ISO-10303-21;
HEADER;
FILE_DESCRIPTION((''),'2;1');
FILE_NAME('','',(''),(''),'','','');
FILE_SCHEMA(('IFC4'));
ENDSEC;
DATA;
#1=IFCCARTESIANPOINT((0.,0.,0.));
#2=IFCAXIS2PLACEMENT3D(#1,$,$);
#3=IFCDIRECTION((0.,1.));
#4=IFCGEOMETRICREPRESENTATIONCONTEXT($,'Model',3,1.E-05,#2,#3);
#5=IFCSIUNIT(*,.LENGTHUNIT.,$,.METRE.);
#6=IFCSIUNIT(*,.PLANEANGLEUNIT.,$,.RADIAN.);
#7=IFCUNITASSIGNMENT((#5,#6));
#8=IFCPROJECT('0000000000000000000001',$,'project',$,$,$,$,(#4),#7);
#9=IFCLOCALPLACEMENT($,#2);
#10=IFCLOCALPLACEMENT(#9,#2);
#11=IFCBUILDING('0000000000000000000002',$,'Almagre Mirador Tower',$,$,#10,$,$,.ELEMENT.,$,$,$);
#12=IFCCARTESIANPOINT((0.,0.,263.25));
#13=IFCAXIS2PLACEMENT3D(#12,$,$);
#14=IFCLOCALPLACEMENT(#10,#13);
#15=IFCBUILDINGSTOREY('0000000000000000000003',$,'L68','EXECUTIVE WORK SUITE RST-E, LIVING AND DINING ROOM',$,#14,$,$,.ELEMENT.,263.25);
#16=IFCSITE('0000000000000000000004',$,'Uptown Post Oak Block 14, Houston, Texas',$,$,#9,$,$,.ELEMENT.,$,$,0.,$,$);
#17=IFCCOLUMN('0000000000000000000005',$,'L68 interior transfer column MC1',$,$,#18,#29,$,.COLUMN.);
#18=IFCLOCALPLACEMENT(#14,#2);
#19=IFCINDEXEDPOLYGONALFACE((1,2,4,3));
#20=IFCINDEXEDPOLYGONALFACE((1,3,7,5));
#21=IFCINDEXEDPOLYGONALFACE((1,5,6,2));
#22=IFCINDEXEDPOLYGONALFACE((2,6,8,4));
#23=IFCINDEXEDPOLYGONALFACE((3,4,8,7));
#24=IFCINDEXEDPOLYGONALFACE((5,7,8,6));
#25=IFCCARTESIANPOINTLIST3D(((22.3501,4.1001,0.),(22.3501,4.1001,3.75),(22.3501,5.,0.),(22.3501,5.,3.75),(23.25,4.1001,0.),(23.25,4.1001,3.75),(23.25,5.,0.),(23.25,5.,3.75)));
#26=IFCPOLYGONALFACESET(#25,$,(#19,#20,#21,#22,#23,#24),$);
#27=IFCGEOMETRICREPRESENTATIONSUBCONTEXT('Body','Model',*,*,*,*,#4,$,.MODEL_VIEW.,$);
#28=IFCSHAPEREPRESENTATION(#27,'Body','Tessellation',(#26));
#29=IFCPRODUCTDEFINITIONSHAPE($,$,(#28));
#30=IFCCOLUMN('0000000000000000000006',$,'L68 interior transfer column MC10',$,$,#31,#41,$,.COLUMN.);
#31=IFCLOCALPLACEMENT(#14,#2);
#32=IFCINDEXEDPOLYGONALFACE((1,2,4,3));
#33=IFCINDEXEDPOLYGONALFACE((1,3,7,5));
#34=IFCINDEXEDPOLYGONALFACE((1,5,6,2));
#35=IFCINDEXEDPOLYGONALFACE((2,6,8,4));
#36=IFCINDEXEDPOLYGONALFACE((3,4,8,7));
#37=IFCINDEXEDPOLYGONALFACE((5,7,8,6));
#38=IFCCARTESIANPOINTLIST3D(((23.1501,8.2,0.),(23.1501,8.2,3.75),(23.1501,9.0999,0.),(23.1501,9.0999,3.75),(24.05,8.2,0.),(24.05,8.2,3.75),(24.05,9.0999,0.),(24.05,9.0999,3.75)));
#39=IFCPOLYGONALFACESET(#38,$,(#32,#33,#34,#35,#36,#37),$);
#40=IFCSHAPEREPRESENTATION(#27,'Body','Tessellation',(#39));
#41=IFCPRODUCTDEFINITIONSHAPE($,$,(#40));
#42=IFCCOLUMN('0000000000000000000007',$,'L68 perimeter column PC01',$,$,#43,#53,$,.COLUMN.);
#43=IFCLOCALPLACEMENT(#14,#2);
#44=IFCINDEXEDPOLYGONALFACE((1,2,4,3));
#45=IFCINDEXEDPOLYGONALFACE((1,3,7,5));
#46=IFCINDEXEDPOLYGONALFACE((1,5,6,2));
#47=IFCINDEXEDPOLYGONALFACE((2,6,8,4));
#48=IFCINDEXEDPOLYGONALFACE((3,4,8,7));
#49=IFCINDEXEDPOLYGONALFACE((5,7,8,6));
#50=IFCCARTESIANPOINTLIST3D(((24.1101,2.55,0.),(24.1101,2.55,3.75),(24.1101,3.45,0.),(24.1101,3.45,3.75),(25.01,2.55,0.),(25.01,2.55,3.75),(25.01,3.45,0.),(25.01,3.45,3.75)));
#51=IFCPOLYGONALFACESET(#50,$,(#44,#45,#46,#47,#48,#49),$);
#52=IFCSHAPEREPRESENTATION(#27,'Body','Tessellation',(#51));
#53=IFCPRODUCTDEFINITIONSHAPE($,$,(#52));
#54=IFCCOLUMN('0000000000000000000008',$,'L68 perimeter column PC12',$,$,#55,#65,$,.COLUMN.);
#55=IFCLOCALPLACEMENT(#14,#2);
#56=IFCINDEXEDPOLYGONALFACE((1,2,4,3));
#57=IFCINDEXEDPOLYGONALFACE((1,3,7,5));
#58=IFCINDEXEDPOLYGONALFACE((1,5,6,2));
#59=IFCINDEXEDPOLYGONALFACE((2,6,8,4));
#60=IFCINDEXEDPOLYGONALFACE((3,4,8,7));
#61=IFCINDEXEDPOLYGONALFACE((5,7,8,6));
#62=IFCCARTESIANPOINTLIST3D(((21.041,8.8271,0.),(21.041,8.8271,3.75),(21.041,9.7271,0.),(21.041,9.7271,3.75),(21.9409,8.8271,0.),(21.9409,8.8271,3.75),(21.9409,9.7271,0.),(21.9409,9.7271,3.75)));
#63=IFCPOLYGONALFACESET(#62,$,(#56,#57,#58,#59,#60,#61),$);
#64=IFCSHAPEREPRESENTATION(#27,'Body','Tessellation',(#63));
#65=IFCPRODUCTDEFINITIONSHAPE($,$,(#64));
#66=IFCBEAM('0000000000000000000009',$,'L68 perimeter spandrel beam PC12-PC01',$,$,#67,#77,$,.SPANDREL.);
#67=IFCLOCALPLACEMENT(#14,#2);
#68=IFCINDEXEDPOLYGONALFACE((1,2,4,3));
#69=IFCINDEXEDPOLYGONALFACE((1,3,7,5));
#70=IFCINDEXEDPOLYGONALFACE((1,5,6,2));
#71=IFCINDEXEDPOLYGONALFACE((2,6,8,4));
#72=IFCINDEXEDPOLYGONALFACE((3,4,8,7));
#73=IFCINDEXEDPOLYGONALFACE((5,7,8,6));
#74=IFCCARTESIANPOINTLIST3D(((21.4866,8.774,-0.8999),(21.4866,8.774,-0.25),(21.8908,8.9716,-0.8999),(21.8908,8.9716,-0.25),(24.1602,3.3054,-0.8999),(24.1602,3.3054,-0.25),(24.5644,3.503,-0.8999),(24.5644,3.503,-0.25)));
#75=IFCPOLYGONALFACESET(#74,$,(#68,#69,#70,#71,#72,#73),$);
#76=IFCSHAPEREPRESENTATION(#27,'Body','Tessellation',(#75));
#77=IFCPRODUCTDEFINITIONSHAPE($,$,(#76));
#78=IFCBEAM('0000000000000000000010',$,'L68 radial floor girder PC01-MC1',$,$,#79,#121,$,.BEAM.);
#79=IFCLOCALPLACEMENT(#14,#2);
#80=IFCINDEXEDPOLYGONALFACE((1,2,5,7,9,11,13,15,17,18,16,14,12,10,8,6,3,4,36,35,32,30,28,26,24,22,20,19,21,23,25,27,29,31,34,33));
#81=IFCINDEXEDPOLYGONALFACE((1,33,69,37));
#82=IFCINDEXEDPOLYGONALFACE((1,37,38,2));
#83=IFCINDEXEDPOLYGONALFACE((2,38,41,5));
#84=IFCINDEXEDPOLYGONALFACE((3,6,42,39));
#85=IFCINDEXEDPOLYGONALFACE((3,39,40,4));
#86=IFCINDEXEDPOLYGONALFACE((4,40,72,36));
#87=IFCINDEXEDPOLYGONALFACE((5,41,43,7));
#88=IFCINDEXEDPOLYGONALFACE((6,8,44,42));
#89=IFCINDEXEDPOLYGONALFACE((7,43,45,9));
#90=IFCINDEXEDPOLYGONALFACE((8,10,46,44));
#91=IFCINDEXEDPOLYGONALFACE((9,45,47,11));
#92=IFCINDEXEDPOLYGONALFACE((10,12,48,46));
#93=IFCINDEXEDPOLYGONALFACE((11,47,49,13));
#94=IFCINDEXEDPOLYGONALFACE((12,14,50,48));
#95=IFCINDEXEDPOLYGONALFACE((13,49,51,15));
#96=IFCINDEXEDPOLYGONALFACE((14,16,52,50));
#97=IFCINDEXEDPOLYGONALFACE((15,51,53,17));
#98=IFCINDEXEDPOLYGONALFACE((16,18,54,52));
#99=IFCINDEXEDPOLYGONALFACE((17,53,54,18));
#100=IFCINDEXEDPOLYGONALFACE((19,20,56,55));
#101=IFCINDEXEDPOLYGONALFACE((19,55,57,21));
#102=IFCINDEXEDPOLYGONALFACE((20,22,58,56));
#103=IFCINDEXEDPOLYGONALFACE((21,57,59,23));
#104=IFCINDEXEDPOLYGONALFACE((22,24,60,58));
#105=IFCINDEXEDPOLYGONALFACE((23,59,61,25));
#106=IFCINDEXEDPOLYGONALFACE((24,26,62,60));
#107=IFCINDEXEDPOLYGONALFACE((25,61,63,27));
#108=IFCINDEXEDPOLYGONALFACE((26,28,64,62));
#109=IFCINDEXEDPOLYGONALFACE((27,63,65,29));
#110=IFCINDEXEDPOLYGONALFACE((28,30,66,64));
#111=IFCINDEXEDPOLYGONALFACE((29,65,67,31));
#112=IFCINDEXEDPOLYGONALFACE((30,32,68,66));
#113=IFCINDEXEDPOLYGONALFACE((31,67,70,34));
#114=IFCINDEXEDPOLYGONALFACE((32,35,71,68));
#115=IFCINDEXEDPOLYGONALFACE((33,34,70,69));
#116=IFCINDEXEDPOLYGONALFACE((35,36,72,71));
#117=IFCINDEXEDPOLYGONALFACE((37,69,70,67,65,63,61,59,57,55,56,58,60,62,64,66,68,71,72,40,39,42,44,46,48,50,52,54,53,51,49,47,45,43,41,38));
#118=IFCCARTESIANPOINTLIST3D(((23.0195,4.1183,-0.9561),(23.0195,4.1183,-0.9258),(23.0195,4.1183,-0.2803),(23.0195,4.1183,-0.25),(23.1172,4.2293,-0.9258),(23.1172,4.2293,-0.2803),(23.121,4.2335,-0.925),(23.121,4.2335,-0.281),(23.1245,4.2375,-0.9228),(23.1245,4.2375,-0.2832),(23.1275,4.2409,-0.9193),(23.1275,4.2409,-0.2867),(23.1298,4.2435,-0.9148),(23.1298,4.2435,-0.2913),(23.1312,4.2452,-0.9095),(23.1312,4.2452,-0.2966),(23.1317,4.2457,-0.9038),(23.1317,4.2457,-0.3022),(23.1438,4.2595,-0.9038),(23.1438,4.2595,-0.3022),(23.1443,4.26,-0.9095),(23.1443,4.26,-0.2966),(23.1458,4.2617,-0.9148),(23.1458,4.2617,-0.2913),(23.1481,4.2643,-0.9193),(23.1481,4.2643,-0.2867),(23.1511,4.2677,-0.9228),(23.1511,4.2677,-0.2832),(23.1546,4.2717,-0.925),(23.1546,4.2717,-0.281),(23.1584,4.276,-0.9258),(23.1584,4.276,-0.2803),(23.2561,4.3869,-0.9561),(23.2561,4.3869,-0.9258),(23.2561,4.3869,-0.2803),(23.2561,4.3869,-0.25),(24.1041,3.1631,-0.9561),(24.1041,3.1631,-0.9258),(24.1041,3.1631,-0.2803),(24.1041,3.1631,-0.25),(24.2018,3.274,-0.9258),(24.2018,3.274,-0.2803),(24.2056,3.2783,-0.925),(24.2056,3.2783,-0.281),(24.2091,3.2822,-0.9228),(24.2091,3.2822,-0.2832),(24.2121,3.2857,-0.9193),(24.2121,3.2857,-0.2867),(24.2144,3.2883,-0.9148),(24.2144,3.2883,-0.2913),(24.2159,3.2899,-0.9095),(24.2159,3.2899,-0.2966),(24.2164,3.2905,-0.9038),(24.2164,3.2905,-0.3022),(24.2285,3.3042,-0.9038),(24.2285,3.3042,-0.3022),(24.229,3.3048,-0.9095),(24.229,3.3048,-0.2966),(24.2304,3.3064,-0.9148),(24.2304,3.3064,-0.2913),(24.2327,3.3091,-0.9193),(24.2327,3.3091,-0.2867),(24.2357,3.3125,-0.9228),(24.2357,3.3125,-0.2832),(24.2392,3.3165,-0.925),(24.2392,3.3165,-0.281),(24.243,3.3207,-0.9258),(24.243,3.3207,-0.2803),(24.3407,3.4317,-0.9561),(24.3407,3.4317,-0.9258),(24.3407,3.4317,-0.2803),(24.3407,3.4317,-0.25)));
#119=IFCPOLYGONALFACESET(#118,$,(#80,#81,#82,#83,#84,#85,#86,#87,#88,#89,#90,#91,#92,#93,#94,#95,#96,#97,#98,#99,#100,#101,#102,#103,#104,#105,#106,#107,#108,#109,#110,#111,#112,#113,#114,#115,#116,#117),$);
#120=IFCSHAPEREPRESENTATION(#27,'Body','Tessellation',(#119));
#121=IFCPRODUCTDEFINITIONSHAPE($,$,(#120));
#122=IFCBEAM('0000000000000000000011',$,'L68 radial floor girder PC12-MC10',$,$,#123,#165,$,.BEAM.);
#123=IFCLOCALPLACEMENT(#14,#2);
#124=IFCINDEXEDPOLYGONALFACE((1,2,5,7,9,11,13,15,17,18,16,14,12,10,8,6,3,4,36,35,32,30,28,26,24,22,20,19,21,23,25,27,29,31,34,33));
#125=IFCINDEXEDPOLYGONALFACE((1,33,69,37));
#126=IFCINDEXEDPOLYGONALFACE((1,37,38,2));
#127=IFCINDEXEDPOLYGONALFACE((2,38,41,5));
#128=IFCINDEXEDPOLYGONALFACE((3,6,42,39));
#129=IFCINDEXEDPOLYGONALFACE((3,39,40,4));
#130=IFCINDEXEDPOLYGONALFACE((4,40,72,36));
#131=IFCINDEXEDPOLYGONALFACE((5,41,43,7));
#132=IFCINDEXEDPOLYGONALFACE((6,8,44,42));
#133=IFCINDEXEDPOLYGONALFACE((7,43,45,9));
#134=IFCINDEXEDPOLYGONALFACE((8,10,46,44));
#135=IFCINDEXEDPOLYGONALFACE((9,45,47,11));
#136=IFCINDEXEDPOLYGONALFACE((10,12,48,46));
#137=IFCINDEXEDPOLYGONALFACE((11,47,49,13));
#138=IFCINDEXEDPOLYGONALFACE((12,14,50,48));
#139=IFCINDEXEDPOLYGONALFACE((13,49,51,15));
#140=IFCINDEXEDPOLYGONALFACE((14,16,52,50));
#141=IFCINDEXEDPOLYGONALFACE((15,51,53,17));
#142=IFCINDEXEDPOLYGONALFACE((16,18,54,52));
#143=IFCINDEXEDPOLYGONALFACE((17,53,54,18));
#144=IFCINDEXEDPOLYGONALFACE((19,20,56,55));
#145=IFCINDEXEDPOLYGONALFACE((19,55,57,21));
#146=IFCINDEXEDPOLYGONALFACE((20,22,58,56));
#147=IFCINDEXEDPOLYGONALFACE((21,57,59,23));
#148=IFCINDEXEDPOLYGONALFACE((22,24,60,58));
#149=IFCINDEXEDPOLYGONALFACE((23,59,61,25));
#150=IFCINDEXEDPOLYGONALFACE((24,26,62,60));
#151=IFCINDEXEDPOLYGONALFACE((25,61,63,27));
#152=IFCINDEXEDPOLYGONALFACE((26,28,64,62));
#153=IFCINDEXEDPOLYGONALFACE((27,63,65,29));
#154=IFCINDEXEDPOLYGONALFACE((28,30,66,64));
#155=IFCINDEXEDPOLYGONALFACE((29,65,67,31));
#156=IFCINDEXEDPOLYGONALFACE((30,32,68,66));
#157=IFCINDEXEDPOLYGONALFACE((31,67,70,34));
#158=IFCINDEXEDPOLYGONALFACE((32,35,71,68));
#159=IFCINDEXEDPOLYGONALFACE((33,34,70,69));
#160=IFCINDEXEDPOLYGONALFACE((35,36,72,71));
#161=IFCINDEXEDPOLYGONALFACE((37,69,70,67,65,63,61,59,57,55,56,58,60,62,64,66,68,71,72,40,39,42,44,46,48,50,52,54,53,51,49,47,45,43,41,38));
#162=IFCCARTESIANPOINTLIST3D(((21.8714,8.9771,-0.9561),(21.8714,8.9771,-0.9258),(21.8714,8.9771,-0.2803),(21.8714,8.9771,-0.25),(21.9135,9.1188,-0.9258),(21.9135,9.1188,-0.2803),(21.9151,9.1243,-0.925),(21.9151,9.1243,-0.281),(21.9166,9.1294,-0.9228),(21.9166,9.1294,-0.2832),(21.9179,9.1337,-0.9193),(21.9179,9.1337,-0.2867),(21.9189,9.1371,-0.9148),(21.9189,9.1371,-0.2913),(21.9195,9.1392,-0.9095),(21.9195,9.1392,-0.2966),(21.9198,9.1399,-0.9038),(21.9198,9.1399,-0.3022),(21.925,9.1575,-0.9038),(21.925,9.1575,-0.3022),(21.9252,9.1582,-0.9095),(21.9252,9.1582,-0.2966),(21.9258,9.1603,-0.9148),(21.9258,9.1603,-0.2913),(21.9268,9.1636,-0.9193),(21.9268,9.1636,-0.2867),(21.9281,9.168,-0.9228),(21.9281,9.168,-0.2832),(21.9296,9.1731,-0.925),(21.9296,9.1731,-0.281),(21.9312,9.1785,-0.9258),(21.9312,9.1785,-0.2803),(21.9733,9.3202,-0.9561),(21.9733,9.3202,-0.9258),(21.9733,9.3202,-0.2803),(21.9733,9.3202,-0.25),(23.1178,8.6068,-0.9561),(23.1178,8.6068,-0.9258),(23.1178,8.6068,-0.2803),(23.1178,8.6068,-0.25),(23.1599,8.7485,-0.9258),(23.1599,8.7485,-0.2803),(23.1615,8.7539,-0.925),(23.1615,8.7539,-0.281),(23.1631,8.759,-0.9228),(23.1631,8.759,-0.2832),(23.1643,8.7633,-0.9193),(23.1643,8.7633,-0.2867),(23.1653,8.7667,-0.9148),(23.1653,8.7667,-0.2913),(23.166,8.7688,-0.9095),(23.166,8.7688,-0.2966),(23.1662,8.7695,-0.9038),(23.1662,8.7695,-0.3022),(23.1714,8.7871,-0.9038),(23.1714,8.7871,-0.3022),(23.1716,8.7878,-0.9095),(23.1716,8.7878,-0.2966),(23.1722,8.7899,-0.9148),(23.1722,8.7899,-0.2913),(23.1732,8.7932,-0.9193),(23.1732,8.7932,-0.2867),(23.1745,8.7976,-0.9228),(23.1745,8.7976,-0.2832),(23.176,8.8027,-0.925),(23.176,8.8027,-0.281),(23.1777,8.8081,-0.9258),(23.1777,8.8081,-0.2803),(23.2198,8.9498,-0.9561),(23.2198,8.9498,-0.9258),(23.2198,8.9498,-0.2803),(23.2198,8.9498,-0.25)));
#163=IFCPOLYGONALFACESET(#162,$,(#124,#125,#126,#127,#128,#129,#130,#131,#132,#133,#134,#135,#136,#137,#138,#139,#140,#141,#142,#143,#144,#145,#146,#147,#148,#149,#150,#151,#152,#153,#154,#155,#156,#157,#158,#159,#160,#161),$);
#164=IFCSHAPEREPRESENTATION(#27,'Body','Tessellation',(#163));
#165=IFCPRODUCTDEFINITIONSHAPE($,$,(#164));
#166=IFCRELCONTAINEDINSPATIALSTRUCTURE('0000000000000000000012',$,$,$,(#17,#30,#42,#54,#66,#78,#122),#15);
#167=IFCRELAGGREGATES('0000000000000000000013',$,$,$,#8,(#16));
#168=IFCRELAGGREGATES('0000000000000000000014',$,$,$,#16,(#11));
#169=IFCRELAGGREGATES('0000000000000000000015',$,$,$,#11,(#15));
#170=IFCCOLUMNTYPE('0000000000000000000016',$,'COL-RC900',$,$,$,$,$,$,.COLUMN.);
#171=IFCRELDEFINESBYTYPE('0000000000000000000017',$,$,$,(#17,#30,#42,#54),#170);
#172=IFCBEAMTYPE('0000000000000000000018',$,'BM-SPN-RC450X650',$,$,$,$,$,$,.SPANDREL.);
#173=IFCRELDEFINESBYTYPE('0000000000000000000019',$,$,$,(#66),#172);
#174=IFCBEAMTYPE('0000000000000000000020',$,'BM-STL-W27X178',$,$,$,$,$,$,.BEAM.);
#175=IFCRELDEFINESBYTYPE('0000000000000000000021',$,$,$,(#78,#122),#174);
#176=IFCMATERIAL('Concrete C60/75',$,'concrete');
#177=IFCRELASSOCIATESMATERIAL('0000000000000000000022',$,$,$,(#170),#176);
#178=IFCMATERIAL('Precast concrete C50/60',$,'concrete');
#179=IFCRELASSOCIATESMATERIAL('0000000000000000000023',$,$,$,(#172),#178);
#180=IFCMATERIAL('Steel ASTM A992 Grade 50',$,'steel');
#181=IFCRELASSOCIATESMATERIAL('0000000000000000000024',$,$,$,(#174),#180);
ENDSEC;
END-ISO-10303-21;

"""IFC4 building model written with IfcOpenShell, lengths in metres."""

from ifc_helpers import new_model, si_unit, direction, frame, origin, origin_2d, place, context, subcontext, project, spatial, rectangle, i_section, extrude, material, material_profile, profile_set, type_object, element, save


model = new_model("IFC4")

# Units and contexts
model_context = context("Model", 3, precision=1e-05, world=origin(), true_north=direction((0.0, 1.0)))
body_context = subcontext(model_context, "Body", "Model", "MODEL_VIEW")
ifc_project = project(units=[si_unit("LENGTHUNIT", "METRE"), si_unit("PLANEANGLEUNIT", "RADIAN")], contexts=[model_context])

# Site, building, storey
site_placement = place(None, origin())
site = spatial("IfcSite", under=ifc_project, at=site_placement, Name="Uptown Post Oak Block 14, Houston, Texas", CompositionType="ELEMENT", RefElevation=0.0)
building_placement = place(site_placement, origin())
building = spatial("IfcBuilding", under=site, at=building_placement, Name="Almagre Mirador Tower", CompositionType="ELEMENT")
storey_placement = place(building_placement, frame((0.0, 0.0, 263.25)))
storey = spatial("IfcBuildingStorey", under=building, at=storey_placement, Name="L68", Description="EXECUTIVE WORK SUITE RST-E, LIVING AND DINING ROOM", CompositionType="ELEMENT", Elevation=263.25)

# Columns
ifc_material_1 = material(Name="Concrete C60/75", Category="concrete")
ifc_material_profile_1 = material_profile(ifc_material_1, rectangle(XDim=0.8999, YDim=0.8999, at=origin_2d()), Name="RC900X900")
ifc_profile_set_1 = profile_set([ifc_material_profile_1], Name="Concrete C60/75")
column_type = type_object("IfcColumnType", Name="COL-RC900", PredefinedType="COLUMN", material=ifc_profile_set_1)
for number, where, z_axis, x_axis, name in (
    (1, (22.8, 4.55, 0.0), (0.0, 0.0, 1.0), (1.0, 0.0, 0.0), "L68 interior transfer column MC1"),
    (2, (23.6001, 8.6499, 0.0), (0.0, 0.0, 1.0), (1.0, 0.0, 0.0), "L68 interior transfer column MC10"),
    (3, (24.5601, 3.0, 0.0), (0.0, 0.0, 1.0), (1.0, 0.0, 0.0), "L68 perimeter column PC01"),
    (4, (21.491, 9.2771, 0.0), (0.0, 0.0, 1.0), (1.0, 0.0, 0.0), "L68 perimeter column PC12"),
):
    element("IfcColumn", number, at=place(storey_placement, frame(where, z_axis=z_axis, x_axis=x_axis)), inside=storey, type_object=column_type, Name=name, PredefinedType="COLUMN", context=body_context, shape_type="SweptSolid", body=[
        extrude(rectangle(XDim=0.8999, YDim=0.8999, at=origin_2d()), origin(), (0.0, 0.0, 1.0), 3.75),
    ])

# Beams
ifc_material_2 = material(Name="Precast concrete C50/60", Category="concrete")
ifc_material_profile_2 = material_profile(ifc_material_2, rectangle(XDim=0.45, YDim=0.6499, at=origin_2d()), Name="RC450X650")
ifc_profile_set_2 = profile_set([ifc_material_profile_2], Name="Precast concrete C50/60")
beam_type_1 = type_object("IfcBeamType", Name="BM-SPN-RC450X650", PredefinedType="SPANDREL", material=ifc_profile_set_2)
beam_1_placement = place(storey_placement, frame((21.6887, 8.8728, -0.575), z_axis=(0.439222, -0.898378, 0.0), x_axis=(0.898378, 0.439222, 0.0)))
element("IfcBeam", 5, at=beam_1_placement, inside=storey, type_object=beam_type_1, Name="L68 perimeter spandrel beam PC12-PC01", PredefinedType="SPANDREL", context=body_context, shape_type="SweptSolid", body=[
    extrude(rectangle(XDim=0.45, YDim=0.6499, at=origin_2d()), origin(), (0.0, 0.0, 1.0), 6.0872),
])
ifc_material_3 = material(Name="Steel ASTM A992 Grade 50", Category="steel")
ifc_material_profile_3 = material_profile(ifc_material_3, i_section(OverallWidth=0.3579, OverallDepth=0.7061, WebThickness=0.0183, FlangeThickness=0.0303, FilletRadius=0.022, at=origin_2d()), Name="W27X178")
ifc_profile_set_3 = profile_set([ifc_material_profile_3], Name="Steel ASTM A992 Grade 50")
beam_type_2 = type_object("IfcBeamType", Name="BM-STL-W27X178", PredefinedType="BEAM", material=ifc_profile_set_3)
beam_2_placement = place(storey_placement, frame((24.2224, 3.2974, -0.603), z_axis=(-0.750449, 0.660929, 0.0), x_axis=(-0.660929, -0.750449, 0.0)))
element("IfcBeam", 6, at=beam_2_placement, inside=storey, type_object=beam_type_2, Name="L68 radial floor girder PC01-MC1", PredefinedType="BEAM", context=body_context, shape_type="SweptSolid", body=[
    extrude(i_section(OverallWidth=0.3579, OverallDepth=0.7061, WebThickness=0.0183, FlangeThickness=0.0303, FilletRadius=0.022, at=origin_2d()), origin(), (0.0, 0.0, 1.0), 1.4453),
])
beam_3_placement = place(storey_placement, frame((21.9224, 9.1487, -0.603), z_axis=(0.958572, -0.284849, 0.0), x_axis=(0.284849, 0.958572, 0.0)))
element("IfcBeam", 7, at=beam_3_placement, inside=storey, type_object=beam_type_2, Name="L68 radial floor girder PC12-MC10", PredefinedType="BEAM", context=body_context, shape_type="SweptSolid", body=[
    extrude(i_section(OverallWidth=0.3579, OverallDepth=0.7061, WebThickness=0.0183, FlangeThickness=0.0303, FilletRadius=0.022, at=origin_2d()), origin(), (0.0, 0.0, 1.0), 1.3003),
])

save(model, "model.ifc")
